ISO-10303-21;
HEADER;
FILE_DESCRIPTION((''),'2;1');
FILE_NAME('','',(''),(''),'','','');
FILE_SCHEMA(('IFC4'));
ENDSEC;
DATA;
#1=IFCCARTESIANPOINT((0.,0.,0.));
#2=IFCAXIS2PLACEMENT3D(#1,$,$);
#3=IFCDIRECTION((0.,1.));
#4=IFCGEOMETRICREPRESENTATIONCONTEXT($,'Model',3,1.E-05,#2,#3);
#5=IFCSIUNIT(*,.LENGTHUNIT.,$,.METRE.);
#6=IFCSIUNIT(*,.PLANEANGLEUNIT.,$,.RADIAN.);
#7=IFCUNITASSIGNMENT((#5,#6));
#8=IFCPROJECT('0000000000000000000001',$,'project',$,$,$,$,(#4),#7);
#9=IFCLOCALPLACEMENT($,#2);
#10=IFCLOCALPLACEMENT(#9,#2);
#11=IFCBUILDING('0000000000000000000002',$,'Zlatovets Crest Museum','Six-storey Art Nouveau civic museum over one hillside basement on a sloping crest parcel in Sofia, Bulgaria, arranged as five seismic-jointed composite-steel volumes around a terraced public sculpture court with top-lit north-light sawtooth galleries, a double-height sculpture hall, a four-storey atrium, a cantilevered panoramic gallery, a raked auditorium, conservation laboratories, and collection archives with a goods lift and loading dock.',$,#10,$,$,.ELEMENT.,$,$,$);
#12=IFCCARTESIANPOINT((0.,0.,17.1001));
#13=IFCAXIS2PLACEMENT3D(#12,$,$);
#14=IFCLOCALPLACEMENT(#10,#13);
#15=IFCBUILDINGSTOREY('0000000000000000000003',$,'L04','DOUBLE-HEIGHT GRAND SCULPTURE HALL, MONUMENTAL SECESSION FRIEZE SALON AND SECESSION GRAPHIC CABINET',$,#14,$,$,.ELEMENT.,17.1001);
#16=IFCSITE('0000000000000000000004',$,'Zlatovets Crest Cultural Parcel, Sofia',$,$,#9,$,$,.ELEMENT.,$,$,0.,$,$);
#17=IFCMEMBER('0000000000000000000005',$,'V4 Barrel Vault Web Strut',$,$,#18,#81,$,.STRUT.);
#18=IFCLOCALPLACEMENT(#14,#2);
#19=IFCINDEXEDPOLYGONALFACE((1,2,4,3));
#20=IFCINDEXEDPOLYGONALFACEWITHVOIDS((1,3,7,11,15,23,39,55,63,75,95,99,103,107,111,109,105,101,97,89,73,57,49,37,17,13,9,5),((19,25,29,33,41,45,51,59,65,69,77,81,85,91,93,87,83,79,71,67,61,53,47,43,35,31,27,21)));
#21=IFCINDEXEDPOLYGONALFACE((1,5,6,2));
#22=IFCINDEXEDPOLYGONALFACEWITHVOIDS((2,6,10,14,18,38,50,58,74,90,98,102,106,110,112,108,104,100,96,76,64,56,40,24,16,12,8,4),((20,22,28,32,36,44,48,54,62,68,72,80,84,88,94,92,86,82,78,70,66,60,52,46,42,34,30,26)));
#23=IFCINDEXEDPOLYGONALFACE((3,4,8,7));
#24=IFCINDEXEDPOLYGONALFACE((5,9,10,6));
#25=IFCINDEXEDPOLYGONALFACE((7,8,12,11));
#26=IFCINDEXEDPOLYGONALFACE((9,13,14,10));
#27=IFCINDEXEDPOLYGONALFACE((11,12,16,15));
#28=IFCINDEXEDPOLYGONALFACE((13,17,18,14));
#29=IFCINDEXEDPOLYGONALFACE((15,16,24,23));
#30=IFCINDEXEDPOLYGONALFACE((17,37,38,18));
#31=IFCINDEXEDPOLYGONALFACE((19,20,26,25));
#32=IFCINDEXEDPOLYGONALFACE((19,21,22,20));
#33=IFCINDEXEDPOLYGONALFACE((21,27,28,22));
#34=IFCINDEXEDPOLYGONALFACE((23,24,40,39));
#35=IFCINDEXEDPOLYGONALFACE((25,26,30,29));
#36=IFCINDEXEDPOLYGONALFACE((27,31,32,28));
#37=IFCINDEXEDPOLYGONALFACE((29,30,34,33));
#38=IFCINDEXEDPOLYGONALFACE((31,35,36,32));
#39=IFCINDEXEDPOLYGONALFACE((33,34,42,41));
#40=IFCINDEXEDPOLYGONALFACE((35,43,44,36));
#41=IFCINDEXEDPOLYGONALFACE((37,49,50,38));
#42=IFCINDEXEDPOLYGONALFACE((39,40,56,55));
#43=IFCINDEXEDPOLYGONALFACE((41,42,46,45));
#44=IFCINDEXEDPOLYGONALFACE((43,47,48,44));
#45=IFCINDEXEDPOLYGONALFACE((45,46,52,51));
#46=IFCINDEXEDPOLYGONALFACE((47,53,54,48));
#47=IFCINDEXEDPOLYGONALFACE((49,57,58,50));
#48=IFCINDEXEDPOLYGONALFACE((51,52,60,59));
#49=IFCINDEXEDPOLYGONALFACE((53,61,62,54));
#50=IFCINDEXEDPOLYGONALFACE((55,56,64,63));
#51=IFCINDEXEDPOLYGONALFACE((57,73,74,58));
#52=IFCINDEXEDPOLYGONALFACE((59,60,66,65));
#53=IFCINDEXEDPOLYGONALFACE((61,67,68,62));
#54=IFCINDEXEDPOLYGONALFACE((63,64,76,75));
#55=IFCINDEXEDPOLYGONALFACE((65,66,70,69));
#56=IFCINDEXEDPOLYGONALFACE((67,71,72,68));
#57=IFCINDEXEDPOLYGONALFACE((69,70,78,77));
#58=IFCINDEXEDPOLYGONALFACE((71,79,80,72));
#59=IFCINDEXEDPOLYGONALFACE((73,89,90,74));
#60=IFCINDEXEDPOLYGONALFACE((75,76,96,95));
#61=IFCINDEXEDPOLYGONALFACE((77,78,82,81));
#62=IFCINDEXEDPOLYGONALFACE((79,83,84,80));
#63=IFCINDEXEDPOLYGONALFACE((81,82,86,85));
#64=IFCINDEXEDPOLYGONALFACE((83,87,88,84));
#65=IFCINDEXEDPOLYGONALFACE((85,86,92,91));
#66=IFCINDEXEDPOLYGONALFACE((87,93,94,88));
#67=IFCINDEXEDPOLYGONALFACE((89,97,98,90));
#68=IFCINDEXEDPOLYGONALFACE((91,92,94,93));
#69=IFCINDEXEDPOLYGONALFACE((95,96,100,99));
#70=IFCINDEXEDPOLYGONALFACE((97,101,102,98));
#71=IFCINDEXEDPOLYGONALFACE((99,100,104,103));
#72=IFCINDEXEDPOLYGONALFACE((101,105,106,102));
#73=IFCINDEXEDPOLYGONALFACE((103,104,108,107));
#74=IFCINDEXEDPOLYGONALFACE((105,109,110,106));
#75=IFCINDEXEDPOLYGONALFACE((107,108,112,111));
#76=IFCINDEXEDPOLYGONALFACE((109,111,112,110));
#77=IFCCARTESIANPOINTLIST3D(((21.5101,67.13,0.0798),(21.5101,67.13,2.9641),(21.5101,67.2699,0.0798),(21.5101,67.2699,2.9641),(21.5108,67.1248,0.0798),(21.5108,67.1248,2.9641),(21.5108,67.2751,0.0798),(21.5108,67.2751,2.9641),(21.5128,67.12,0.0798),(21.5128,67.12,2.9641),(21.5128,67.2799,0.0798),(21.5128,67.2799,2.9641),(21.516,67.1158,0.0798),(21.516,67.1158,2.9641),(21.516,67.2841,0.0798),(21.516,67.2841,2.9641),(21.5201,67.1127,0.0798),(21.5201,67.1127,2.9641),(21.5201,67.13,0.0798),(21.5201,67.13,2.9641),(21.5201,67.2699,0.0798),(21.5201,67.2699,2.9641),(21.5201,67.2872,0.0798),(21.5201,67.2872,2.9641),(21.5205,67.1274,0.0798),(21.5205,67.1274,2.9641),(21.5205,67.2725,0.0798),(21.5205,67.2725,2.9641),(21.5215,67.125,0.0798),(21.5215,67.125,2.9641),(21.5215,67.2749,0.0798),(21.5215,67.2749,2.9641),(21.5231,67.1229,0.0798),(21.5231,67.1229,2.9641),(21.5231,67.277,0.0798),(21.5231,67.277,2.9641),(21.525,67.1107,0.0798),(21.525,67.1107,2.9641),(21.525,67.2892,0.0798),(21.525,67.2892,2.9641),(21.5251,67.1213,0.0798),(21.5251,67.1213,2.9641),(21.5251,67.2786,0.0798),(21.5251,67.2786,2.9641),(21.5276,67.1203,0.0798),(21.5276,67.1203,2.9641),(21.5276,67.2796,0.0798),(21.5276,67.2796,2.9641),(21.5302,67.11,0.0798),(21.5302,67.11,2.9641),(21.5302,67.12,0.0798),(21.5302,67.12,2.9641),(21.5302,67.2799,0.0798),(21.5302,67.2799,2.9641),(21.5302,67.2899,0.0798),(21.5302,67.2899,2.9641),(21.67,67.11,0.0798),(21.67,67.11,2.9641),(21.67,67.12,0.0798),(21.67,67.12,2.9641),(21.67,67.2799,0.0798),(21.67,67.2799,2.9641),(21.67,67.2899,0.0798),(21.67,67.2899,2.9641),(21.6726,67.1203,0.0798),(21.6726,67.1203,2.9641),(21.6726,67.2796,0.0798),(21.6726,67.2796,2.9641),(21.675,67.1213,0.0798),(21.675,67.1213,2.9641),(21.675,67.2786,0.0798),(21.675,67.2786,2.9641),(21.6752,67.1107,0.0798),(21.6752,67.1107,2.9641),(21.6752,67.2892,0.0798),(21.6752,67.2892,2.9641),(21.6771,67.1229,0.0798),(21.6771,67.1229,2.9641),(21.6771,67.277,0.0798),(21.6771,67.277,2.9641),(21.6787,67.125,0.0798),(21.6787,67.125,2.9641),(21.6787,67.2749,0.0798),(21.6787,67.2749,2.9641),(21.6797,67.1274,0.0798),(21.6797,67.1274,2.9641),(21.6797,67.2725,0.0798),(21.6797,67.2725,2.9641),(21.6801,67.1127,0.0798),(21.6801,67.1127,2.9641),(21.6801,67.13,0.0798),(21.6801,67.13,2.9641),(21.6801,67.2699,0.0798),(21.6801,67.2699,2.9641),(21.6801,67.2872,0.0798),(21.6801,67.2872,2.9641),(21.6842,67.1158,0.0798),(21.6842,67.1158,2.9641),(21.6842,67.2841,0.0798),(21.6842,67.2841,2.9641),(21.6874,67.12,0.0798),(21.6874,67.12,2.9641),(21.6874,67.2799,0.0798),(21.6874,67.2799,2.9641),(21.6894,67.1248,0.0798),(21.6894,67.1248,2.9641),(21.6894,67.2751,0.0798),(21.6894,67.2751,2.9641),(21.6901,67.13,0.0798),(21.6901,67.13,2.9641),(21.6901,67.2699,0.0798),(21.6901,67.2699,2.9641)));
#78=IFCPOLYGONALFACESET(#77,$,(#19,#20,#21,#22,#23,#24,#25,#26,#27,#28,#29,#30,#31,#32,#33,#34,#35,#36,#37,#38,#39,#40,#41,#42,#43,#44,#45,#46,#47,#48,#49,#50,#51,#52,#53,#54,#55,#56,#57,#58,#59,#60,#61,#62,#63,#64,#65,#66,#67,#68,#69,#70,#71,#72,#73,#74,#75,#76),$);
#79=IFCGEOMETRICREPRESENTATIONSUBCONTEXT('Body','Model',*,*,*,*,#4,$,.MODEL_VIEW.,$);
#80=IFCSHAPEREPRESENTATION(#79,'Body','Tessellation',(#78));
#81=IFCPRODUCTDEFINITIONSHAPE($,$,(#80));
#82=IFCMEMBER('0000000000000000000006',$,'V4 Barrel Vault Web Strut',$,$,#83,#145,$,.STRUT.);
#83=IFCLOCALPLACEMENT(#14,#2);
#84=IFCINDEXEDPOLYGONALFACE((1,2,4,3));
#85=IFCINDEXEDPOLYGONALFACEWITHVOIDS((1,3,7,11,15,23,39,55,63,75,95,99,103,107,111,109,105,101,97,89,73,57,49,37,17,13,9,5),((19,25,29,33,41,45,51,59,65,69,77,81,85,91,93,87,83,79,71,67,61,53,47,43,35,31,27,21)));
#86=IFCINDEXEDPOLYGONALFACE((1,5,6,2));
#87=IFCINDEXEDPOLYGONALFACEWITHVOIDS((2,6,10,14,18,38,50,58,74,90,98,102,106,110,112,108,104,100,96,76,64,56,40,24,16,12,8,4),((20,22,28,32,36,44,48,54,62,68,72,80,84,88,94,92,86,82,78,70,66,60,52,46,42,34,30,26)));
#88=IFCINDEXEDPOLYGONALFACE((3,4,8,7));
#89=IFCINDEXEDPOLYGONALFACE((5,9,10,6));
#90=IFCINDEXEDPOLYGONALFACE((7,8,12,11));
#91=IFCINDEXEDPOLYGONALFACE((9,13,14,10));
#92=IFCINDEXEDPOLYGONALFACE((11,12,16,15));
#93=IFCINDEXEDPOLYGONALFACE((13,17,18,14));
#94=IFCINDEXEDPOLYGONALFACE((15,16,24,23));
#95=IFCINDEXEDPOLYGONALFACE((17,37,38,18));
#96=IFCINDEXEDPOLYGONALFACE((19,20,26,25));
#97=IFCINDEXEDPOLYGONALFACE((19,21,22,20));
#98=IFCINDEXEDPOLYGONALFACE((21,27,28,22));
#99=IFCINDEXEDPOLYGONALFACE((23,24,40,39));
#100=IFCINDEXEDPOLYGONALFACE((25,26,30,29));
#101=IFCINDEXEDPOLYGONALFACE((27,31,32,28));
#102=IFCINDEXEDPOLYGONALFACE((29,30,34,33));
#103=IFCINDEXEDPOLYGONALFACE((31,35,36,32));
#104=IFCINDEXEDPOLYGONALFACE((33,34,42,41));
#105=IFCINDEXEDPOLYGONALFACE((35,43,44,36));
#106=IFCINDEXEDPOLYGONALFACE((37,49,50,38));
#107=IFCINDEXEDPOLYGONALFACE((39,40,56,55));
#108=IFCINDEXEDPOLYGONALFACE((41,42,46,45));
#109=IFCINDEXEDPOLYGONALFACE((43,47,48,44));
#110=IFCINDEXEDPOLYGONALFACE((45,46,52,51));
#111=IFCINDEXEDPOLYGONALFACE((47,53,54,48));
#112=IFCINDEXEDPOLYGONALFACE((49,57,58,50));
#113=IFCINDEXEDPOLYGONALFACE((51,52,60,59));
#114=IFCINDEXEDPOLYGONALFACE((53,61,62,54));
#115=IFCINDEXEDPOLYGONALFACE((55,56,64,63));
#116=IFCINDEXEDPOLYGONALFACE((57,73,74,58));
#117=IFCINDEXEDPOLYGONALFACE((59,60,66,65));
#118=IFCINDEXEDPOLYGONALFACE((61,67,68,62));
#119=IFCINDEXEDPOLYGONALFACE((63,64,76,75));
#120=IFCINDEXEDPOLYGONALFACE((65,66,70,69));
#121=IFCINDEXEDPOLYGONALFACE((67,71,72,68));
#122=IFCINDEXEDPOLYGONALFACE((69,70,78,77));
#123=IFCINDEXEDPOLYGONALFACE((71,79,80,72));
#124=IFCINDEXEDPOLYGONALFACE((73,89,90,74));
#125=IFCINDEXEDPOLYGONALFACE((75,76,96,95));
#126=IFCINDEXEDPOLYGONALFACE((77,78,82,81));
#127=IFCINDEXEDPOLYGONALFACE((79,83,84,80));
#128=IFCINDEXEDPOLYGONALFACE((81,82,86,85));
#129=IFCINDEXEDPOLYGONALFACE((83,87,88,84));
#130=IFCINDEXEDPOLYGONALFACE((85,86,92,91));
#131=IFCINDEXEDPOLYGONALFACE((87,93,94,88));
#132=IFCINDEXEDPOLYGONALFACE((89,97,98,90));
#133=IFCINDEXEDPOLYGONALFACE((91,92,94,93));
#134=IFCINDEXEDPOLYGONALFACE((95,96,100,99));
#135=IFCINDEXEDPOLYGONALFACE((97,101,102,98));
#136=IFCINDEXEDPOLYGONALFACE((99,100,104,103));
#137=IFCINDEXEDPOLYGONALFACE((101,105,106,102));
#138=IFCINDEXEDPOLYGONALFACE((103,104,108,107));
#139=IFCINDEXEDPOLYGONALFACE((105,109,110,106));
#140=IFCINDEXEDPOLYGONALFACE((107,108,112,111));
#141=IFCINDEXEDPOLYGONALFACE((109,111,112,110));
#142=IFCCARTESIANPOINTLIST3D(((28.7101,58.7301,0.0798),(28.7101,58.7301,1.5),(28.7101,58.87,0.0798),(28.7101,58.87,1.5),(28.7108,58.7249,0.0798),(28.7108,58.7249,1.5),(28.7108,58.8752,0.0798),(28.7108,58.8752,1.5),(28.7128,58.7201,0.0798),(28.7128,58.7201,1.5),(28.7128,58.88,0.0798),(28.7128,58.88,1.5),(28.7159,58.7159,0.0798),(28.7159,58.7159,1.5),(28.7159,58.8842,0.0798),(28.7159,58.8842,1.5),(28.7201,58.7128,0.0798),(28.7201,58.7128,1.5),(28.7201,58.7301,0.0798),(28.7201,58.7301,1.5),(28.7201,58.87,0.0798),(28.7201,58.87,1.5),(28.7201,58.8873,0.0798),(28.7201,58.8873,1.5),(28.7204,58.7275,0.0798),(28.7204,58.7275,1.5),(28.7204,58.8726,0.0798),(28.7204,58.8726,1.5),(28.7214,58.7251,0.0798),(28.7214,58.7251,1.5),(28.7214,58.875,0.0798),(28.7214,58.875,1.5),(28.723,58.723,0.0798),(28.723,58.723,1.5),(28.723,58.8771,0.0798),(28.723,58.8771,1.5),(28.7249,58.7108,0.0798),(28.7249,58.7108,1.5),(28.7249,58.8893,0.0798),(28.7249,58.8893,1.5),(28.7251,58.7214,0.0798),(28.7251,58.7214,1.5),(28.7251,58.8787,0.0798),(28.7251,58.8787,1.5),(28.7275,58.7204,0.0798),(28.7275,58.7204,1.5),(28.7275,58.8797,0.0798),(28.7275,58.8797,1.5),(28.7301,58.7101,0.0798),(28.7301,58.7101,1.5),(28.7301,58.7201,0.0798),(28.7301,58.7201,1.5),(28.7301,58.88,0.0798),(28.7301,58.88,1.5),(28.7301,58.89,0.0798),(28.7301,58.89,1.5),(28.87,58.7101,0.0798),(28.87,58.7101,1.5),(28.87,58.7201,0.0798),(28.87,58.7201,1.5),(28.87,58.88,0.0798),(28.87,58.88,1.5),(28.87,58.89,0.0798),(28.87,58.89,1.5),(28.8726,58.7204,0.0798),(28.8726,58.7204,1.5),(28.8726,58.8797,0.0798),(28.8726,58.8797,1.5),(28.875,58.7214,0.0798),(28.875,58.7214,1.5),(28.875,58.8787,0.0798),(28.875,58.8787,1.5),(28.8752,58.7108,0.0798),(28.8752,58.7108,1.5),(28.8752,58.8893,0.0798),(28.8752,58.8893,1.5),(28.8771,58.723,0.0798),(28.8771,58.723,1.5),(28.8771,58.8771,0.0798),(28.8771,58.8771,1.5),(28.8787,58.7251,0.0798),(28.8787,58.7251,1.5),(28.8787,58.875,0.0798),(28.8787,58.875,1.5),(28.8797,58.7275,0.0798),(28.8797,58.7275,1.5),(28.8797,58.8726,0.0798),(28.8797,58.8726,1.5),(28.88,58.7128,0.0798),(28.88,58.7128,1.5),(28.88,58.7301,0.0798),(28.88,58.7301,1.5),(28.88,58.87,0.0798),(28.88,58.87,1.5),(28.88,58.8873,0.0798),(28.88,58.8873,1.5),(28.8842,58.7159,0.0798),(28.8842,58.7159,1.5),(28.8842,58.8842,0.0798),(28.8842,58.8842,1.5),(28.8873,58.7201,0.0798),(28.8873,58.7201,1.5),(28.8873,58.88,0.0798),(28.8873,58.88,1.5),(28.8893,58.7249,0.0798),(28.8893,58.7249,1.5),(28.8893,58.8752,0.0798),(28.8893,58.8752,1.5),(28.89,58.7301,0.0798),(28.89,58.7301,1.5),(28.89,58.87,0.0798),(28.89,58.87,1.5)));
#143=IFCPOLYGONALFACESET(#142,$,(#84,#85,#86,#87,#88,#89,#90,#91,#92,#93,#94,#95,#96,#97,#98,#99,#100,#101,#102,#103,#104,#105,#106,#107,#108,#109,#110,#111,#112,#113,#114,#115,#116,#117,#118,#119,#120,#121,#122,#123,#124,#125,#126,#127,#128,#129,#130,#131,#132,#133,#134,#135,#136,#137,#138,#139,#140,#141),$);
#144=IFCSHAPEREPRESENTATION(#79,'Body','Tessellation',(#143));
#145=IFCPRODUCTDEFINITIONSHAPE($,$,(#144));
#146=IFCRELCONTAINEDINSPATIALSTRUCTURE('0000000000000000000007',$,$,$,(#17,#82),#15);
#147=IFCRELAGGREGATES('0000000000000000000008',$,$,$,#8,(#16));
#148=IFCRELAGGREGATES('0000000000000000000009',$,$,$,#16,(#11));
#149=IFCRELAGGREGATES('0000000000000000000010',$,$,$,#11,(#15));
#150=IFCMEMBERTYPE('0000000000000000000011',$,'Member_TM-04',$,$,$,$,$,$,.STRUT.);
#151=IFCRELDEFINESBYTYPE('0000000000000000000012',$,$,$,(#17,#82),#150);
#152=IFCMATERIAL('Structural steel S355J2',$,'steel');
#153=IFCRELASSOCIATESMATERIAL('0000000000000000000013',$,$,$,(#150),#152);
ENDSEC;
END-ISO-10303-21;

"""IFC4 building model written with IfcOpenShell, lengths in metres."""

from ifc_helpers import new_model, si_unit, direction, frame, origin, origin_2d, place, context, subcontext, project, spatial, hollow_rectangle, extrude, material, material_profile, profile_set, type_object, element, save


model = new_model("IFC4")

# Units and contexts
model_context = context("Model", 3, precision=1e-05, world=origin(), true_north=direction((0.0, 1.0)))
body_context = subcontext(model_context, "Body", "Model", "MODEL_VIEW")
ifc_project = project(units=[si_unit("LENGTHUNIT", "METRE"), si_unit("PLANEANGLEUNIT", "RADIAN")], contexts=[model_context])

# Site, building, storey
site_placement = place(None, origin())
site = spatial("IfcSite", under=ifc_project, at=site_placement, Name="Zlatovets Crest Cultural Parcel, Sofia", CompositionType="ELEMENT", RefElevation=0.0)
building_placement = place(site_placement, origin())
building = spatial("IfcBuilding", under=site, at=building_placement, Name="Zlatovets Crest Museum", Description="Six-storey Art Nouveau civic museum over one hillside basement on a sloping crest parcel in Sofia, Bulgaria, arranged as five seismic-jointed composite-steel volumes around a terraced public sculpture court with top-lit north-light sawtooth galleries, a double-height sculpture hall, a four-storey atrium, a cantilevered panoramic gallery, a raked auditorium, conservation laboratories, and collection archives with a goods lift and loading dock.", CompositionType="ELEMENT")
storey_placement = place(building_placement, frame((0.0, 0.0, 17.1001)))
storey = spatial("IfcBuildingStorey", under=building, at=storey_placement, Name="L04", Description="DOUBLE-HEIGHT GRAND SCULPTURE HALL, MONUMENTAL SECESSION FRIEZE SALON AND SECESSION GRAPHIC CABINET", CompositionType="ELEMENT", Elevation=17.1001)

# Shared definitions
ifc_material_1 = material(Name="Structural steel S355J2", Category="steel")

# Members
ifc_material_profile_1 = material_profile(ifc_material_1, hollow_rectangle(XDim=0.1799, YDim=0.1799, WallThickness=0.01, InnerFilletRadius=0.01, OuterFilletRadius=0.02, at=origin_2d()), Name="SHS 180x180x10.0")
ifc_profile_set_1 = profile_set([ifc_material_profile_1], Name="Structural steel S355J2")
member_type_1 = type_object("IfcMemberType", Name="Member_TM-04", PredefinedType="STRUT", material=ifc_profile_set_1)
member_1_placement = place(storey_placement, frame((21.6001, 67.2, 0.0798), z_axis=(0.0, 0.0, 1.0), x_axis=(1.0, 0.0, 0.0)))
element("IfcMember", 1, at=member_1_placement, inside=storey, type_object=member_type_1, Name="V4 Barrel Vault Web Strut", PredefinedType="STRUT", context=body_context, shape_type="SweptSolid", body=[
    extrude(hollow_rectangle(XDim=0.1799, YDim=0.1799, WallThickness=0.01, InnerFilletRadius=0.01, OuterFilletRadius=0.02, at=origin_2d()), origin(), (0.0, 0.0, 1.0), 2.8843),
])
member_2_placement = place(storey_placement, frame((28.8, 58.8, 0.0798), z_axis=(0.0, 0.0, 1.0), x_axis=(1.0, 0.0, 0.0)))
element("IfcMember", 2, at=member_2_placement, inside=storey, type_object=member_type_1, Name="V4 Barrel Vault Web Strut", PredefinedType="STRUT", context=body_context, shape_type="SweptSolid", body=[
    extrude(hollow_rectangle(XDim=0.1799, YDim=0.1799, WallThickness=0.01, InnerFilletRadius=0.01, OuterFilletRadius=0.02, at=origin_2d()), origin(), (0.0, 0.0, 1.0), 1.4202),
])

save(model, "model.ifc")
